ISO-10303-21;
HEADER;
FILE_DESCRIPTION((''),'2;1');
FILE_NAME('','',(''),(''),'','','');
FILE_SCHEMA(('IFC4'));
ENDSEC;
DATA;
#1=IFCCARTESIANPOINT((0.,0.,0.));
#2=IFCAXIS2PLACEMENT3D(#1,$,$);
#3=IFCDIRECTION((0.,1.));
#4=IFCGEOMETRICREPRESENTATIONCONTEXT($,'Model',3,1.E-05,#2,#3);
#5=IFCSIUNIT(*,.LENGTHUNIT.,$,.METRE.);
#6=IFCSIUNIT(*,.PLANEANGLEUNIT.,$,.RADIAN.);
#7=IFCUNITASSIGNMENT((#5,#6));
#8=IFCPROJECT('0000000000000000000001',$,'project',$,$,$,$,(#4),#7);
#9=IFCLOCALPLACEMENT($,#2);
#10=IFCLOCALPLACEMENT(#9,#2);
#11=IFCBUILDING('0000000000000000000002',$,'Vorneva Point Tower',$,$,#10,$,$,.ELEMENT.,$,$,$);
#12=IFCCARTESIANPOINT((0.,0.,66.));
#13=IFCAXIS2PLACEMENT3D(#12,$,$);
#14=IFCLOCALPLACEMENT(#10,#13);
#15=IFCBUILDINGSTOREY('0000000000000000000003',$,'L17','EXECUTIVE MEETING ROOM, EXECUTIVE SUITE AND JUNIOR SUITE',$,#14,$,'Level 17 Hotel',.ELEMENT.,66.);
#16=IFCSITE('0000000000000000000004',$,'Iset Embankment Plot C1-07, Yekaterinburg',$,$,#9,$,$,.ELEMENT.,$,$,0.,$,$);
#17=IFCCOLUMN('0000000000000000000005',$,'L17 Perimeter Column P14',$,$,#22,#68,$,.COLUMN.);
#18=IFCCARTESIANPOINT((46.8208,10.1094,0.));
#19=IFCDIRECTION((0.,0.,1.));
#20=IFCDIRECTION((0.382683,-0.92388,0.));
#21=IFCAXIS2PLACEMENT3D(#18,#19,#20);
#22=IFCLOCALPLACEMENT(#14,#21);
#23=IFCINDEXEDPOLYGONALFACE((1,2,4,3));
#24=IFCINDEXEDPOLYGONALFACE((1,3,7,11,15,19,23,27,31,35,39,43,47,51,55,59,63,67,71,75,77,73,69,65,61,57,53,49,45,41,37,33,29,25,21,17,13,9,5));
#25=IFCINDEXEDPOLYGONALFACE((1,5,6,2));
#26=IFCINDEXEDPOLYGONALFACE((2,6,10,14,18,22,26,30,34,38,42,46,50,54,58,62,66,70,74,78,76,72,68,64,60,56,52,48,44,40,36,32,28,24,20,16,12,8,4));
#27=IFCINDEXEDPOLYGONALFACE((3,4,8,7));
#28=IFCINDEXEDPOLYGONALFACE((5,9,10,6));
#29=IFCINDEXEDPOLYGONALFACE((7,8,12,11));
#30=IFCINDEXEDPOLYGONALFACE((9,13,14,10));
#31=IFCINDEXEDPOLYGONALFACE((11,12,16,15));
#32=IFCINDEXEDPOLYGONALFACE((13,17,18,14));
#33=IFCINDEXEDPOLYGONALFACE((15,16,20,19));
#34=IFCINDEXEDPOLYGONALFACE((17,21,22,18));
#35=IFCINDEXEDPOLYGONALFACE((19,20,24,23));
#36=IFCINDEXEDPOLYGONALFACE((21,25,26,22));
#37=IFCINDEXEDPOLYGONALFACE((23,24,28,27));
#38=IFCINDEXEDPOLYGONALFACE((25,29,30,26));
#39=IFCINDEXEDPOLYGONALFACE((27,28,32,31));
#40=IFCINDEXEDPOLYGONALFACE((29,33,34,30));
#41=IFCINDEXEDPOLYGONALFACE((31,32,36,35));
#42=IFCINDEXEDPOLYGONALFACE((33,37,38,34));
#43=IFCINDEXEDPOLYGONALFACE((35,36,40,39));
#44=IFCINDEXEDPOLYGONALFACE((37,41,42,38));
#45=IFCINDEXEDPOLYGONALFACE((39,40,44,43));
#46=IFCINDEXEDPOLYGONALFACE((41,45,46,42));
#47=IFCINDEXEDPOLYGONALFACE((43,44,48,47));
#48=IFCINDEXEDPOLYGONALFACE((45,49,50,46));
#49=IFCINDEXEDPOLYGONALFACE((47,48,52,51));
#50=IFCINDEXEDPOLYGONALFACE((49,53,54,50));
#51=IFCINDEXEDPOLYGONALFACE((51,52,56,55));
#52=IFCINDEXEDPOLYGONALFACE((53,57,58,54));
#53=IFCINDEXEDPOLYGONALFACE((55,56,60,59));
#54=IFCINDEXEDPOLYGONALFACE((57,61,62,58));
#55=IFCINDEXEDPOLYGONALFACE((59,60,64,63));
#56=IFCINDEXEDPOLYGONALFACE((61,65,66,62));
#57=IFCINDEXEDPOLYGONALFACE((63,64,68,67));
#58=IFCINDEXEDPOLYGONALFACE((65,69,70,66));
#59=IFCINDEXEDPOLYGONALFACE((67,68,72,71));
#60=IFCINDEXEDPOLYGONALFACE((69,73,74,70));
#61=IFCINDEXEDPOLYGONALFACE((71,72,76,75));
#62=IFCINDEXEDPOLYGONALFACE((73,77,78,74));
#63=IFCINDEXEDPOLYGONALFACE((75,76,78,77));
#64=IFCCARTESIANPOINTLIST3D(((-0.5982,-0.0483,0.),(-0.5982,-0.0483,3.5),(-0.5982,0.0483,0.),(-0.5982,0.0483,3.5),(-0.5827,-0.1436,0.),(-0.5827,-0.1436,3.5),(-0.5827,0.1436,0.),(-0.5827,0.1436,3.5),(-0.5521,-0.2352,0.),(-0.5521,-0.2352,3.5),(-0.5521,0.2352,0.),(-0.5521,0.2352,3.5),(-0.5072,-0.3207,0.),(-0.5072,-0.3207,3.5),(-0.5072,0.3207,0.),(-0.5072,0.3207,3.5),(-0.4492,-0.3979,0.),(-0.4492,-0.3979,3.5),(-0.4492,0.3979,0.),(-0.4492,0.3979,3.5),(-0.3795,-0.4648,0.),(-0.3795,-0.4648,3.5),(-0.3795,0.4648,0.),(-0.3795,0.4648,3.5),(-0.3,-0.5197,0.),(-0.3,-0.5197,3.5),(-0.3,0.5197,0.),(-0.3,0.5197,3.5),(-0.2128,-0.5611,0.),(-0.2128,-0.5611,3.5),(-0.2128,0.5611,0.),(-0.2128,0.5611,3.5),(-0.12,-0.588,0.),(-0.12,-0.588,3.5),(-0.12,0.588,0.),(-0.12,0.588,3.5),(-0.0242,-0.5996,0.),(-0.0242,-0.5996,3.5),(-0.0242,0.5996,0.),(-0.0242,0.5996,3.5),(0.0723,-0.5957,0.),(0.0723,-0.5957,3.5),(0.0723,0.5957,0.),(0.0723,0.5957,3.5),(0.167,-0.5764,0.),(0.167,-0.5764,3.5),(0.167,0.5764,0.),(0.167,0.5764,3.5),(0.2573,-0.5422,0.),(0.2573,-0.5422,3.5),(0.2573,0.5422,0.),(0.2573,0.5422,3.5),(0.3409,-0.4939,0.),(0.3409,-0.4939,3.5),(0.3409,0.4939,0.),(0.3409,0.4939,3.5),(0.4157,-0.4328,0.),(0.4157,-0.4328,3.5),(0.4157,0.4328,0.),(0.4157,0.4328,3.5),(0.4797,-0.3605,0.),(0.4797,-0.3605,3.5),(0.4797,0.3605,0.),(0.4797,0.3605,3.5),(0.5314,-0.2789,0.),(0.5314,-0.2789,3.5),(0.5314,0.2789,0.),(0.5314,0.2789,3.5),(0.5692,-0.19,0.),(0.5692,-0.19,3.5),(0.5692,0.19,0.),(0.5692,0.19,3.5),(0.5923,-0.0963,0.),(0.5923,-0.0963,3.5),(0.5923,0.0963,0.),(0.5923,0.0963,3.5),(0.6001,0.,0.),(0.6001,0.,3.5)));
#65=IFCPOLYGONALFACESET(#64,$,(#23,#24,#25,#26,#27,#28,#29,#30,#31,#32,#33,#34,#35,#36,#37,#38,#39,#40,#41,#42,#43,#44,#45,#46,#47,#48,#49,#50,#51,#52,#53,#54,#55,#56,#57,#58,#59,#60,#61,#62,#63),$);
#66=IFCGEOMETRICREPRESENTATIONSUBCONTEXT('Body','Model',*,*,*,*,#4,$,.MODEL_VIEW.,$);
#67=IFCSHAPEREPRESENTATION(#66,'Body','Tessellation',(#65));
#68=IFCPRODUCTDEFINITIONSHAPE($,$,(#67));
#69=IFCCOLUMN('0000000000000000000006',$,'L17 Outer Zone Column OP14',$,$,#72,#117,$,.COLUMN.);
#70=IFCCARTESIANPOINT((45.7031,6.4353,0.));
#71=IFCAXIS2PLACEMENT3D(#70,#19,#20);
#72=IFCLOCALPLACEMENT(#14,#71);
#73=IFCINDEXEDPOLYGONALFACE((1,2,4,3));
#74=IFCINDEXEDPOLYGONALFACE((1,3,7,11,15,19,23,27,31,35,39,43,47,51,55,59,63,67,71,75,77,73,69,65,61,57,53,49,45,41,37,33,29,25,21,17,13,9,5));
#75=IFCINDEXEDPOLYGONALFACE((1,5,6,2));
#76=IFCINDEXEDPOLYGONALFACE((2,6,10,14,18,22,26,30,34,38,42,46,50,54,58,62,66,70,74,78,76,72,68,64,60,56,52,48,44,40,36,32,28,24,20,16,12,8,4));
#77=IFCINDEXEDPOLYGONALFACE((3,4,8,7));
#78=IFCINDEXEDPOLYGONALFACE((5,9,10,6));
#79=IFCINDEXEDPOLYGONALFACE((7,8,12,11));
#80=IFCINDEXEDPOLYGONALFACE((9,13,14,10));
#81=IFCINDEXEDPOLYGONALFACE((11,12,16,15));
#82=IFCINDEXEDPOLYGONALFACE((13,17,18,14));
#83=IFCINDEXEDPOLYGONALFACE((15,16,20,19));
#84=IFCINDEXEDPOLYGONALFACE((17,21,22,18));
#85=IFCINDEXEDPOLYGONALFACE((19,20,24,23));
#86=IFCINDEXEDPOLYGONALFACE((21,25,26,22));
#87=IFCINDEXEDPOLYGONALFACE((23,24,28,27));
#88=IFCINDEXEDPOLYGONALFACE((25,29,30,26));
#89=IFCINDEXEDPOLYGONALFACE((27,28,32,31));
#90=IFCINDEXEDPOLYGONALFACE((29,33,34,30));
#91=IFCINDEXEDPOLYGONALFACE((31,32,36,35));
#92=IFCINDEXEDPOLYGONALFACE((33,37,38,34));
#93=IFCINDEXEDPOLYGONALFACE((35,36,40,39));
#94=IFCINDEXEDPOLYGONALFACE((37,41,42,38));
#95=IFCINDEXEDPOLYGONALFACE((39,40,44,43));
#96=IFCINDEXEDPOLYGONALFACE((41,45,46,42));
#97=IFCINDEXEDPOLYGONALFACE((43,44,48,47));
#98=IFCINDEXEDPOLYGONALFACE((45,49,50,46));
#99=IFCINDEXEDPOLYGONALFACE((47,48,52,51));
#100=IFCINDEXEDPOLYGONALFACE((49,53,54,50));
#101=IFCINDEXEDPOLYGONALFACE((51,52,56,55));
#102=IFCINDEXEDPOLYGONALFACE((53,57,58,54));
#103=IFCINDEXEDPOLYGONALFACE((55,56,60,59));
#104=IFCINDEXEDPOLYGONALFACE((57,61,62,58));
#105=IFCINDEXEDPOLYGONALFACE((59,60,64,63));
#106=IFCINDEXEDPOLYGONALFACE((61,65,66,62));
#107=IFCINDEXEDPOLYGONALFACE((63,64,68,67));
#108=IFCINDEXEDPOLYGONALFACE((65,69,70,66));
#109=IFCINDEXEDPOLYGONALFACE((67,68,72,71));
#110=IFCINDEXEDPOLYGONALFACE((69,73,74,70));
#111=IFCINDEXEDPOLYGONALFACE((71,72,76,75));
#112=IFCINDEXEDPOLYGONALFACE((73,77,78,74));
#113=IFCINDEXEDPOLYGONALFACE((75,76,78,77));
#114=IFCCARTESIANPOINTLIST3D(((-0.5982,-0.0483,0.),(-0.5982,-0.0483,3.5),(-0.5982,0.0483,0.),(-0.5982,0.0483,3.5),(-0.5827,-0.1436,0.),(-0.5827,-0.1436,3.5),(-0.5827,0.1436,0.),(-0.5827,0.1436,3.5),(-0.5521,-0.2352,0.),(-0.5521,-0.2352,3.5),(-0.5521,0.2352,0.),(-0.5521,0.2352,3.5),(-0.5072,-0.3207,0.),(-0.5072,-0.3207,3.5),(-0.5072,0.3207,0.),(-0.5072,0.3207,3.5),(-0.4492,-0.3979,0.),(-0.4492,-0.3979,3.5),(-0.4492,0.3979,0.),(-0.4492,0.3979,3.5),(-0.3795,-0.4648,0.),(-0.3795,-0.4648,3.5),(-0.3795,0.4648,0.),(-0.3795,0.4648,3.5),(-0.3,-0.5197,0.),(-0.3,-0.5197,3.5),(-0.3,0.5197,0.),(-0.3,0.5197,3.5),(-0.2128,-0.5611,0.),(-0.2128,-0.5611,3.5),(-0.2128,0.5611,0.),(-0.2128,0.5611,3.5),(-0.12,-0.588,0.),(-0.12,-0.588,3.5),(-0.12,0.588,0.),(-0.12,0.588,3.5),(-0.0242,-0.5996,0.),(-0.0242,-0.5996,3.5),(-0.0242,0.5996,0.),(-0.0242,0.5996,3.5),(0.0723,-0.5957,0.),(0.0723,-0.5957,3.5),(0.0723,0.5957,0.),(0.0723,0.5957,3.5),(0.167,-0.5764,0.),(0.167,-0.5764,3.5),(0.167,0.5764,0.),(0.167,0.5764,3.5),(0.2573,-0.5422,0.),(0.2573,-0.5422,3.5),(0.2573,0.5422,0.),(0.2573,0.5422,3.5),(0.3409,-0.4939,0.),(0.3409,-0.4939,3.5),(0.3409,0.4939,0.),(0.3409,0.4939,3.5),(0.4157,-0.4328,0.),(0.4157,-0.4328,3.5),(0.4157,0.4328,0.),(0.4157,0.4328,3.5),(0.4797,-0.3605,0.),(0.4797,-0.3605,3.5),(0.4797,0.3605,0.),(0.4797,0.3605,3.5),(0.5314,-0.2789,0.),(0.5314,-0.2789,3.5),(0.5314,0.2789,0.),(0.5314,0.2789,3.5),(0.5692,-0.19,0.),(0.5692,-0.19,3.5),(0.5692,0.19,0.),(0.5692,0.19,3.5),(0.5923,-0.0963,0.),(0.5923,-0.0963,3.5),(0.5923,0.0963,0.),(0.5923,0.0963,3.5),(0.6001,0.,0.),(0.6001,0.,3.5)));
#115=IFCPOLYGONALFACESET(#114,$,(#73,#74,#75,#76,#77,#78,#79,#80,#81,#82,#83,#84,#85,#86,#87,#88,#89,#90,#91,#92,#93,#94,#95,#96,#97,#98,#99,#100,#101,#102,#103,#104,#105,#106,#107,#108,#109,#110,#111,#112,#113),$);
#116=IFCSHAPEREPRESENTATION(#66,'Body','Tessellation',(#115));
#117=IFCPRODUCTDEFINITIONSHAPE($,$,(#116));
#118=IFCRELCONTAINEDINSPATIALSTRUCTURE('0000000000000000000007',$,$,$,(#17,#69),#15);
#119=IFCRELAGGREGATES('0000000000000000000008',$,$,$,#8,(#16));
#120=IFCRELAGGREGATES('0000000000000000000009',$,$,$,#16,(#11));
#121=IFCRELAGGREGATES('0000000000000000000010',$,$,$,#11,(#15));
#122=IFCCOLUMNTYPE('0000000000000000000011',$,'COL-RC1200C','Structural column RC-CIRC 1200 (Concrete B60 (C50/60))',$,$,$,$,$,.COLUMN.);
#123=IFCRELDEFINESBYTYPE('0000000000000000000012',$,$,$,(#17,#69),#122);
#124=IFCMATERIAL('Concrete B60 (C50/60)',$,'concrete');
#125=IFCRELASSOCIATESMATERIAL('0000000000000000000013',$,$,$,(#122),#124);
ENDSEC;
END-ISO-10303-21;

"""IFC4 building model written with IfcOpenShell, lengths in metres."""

from ifc_helpers import new_model, si_unit, direction, frame, origin, origin_2d, place, context, subcontext, project, spatial, circle, extrude, material, material_profile, profile_set, type_object, element, save


model = new_model("IFC4")

# Units and contexts
model_context = context("Model", 3, precision=1e-05, world=origin(), true_north=direction((0.0, 1.0)))
body_context = subcontext(model_context, "Body", "Model", "MODEL_VIEW")
ifc_project = project(units=[si_unit("LENGTHUNIT", "METRE"), si_unit("PLANEANGLEUNIT", "RADIAN")], contexts=[model_context])

# Site, building, storey
site_placement = place(None, origin())
site = spatial("IfcSite", under=ifc_project, at=site_placement, Name="Iset Embankment Plot C1-07, Yekaterinburg", CompositionType="ELEMENT", RefElevation=0.0)
building_placement = place(site_placement, origin())
building = spatial("IfcBuilding", under=site, at=building_placement, Name="Vorneva Point Tower", CompositionType="ELEMENT")
storey_placement = place(building_placement, frame((0.0, 0.0, 66.0)))
storey = spatial("IfcBuildingStorey", under=building, at=storey_placement, Name="L17", Description="EXECUTIVE MEETING ROOM, EXECUTIVE SUITE AND JUNIOR SUITE", LongName="Level 17 Hotel", CompositionType="ELEMENT", Elevation=66.0)

# Columns
ifc_material_1 = material(Name="Concrete B60 (C50/60)", Category="concrete")
ifc_material_profile_1 = material_profile(ifc_material_1, circle(Radius=0.6001, at=origin_2d()), Name="RC-CIRC 1200")
ifc_profile_set_1 = profile_set([ifc_material_profile_1], Name="Concrete B60 (C50/60)")
column_type = type_object("IfcColumnType", Name="COL-RC1200C", Description="Structural column RC-CIRC 1200 (Concrete B60 (C50/60))", PredefinedType="COLUMN", material=ifc_profile_set_1)
for number, where, z_axis, x_axis, name in (
    (1, (46.8208, 10.1094, 0.0), (0.0, 0.0, 1.0), (0.382683, -0.92388, 0.0), "L17 Perimeter Column P14"),
    (2, (45.7031, 6.4353, 0.0), (0.0, 0.0, 1.0), (0.382683, -0.92388, 0.0), "L17 Outer Zone Column OP14"),
):
    element("IfcColumn", number, at=place(storey_placement, frame(where, z_axis=z_axis, x_axis=x_axis)), inside=storey, type_object=column_type, Name=name, PredefinedType="COLUMN", context=body_context, shape_type="SweptSolid", body=[
        extrude(circle(Radius=0.6001, at=origin_2d()), origin(), (0.0, 0.0, 1.0), 3.5),
    ])

save(model, "model.ifc")
